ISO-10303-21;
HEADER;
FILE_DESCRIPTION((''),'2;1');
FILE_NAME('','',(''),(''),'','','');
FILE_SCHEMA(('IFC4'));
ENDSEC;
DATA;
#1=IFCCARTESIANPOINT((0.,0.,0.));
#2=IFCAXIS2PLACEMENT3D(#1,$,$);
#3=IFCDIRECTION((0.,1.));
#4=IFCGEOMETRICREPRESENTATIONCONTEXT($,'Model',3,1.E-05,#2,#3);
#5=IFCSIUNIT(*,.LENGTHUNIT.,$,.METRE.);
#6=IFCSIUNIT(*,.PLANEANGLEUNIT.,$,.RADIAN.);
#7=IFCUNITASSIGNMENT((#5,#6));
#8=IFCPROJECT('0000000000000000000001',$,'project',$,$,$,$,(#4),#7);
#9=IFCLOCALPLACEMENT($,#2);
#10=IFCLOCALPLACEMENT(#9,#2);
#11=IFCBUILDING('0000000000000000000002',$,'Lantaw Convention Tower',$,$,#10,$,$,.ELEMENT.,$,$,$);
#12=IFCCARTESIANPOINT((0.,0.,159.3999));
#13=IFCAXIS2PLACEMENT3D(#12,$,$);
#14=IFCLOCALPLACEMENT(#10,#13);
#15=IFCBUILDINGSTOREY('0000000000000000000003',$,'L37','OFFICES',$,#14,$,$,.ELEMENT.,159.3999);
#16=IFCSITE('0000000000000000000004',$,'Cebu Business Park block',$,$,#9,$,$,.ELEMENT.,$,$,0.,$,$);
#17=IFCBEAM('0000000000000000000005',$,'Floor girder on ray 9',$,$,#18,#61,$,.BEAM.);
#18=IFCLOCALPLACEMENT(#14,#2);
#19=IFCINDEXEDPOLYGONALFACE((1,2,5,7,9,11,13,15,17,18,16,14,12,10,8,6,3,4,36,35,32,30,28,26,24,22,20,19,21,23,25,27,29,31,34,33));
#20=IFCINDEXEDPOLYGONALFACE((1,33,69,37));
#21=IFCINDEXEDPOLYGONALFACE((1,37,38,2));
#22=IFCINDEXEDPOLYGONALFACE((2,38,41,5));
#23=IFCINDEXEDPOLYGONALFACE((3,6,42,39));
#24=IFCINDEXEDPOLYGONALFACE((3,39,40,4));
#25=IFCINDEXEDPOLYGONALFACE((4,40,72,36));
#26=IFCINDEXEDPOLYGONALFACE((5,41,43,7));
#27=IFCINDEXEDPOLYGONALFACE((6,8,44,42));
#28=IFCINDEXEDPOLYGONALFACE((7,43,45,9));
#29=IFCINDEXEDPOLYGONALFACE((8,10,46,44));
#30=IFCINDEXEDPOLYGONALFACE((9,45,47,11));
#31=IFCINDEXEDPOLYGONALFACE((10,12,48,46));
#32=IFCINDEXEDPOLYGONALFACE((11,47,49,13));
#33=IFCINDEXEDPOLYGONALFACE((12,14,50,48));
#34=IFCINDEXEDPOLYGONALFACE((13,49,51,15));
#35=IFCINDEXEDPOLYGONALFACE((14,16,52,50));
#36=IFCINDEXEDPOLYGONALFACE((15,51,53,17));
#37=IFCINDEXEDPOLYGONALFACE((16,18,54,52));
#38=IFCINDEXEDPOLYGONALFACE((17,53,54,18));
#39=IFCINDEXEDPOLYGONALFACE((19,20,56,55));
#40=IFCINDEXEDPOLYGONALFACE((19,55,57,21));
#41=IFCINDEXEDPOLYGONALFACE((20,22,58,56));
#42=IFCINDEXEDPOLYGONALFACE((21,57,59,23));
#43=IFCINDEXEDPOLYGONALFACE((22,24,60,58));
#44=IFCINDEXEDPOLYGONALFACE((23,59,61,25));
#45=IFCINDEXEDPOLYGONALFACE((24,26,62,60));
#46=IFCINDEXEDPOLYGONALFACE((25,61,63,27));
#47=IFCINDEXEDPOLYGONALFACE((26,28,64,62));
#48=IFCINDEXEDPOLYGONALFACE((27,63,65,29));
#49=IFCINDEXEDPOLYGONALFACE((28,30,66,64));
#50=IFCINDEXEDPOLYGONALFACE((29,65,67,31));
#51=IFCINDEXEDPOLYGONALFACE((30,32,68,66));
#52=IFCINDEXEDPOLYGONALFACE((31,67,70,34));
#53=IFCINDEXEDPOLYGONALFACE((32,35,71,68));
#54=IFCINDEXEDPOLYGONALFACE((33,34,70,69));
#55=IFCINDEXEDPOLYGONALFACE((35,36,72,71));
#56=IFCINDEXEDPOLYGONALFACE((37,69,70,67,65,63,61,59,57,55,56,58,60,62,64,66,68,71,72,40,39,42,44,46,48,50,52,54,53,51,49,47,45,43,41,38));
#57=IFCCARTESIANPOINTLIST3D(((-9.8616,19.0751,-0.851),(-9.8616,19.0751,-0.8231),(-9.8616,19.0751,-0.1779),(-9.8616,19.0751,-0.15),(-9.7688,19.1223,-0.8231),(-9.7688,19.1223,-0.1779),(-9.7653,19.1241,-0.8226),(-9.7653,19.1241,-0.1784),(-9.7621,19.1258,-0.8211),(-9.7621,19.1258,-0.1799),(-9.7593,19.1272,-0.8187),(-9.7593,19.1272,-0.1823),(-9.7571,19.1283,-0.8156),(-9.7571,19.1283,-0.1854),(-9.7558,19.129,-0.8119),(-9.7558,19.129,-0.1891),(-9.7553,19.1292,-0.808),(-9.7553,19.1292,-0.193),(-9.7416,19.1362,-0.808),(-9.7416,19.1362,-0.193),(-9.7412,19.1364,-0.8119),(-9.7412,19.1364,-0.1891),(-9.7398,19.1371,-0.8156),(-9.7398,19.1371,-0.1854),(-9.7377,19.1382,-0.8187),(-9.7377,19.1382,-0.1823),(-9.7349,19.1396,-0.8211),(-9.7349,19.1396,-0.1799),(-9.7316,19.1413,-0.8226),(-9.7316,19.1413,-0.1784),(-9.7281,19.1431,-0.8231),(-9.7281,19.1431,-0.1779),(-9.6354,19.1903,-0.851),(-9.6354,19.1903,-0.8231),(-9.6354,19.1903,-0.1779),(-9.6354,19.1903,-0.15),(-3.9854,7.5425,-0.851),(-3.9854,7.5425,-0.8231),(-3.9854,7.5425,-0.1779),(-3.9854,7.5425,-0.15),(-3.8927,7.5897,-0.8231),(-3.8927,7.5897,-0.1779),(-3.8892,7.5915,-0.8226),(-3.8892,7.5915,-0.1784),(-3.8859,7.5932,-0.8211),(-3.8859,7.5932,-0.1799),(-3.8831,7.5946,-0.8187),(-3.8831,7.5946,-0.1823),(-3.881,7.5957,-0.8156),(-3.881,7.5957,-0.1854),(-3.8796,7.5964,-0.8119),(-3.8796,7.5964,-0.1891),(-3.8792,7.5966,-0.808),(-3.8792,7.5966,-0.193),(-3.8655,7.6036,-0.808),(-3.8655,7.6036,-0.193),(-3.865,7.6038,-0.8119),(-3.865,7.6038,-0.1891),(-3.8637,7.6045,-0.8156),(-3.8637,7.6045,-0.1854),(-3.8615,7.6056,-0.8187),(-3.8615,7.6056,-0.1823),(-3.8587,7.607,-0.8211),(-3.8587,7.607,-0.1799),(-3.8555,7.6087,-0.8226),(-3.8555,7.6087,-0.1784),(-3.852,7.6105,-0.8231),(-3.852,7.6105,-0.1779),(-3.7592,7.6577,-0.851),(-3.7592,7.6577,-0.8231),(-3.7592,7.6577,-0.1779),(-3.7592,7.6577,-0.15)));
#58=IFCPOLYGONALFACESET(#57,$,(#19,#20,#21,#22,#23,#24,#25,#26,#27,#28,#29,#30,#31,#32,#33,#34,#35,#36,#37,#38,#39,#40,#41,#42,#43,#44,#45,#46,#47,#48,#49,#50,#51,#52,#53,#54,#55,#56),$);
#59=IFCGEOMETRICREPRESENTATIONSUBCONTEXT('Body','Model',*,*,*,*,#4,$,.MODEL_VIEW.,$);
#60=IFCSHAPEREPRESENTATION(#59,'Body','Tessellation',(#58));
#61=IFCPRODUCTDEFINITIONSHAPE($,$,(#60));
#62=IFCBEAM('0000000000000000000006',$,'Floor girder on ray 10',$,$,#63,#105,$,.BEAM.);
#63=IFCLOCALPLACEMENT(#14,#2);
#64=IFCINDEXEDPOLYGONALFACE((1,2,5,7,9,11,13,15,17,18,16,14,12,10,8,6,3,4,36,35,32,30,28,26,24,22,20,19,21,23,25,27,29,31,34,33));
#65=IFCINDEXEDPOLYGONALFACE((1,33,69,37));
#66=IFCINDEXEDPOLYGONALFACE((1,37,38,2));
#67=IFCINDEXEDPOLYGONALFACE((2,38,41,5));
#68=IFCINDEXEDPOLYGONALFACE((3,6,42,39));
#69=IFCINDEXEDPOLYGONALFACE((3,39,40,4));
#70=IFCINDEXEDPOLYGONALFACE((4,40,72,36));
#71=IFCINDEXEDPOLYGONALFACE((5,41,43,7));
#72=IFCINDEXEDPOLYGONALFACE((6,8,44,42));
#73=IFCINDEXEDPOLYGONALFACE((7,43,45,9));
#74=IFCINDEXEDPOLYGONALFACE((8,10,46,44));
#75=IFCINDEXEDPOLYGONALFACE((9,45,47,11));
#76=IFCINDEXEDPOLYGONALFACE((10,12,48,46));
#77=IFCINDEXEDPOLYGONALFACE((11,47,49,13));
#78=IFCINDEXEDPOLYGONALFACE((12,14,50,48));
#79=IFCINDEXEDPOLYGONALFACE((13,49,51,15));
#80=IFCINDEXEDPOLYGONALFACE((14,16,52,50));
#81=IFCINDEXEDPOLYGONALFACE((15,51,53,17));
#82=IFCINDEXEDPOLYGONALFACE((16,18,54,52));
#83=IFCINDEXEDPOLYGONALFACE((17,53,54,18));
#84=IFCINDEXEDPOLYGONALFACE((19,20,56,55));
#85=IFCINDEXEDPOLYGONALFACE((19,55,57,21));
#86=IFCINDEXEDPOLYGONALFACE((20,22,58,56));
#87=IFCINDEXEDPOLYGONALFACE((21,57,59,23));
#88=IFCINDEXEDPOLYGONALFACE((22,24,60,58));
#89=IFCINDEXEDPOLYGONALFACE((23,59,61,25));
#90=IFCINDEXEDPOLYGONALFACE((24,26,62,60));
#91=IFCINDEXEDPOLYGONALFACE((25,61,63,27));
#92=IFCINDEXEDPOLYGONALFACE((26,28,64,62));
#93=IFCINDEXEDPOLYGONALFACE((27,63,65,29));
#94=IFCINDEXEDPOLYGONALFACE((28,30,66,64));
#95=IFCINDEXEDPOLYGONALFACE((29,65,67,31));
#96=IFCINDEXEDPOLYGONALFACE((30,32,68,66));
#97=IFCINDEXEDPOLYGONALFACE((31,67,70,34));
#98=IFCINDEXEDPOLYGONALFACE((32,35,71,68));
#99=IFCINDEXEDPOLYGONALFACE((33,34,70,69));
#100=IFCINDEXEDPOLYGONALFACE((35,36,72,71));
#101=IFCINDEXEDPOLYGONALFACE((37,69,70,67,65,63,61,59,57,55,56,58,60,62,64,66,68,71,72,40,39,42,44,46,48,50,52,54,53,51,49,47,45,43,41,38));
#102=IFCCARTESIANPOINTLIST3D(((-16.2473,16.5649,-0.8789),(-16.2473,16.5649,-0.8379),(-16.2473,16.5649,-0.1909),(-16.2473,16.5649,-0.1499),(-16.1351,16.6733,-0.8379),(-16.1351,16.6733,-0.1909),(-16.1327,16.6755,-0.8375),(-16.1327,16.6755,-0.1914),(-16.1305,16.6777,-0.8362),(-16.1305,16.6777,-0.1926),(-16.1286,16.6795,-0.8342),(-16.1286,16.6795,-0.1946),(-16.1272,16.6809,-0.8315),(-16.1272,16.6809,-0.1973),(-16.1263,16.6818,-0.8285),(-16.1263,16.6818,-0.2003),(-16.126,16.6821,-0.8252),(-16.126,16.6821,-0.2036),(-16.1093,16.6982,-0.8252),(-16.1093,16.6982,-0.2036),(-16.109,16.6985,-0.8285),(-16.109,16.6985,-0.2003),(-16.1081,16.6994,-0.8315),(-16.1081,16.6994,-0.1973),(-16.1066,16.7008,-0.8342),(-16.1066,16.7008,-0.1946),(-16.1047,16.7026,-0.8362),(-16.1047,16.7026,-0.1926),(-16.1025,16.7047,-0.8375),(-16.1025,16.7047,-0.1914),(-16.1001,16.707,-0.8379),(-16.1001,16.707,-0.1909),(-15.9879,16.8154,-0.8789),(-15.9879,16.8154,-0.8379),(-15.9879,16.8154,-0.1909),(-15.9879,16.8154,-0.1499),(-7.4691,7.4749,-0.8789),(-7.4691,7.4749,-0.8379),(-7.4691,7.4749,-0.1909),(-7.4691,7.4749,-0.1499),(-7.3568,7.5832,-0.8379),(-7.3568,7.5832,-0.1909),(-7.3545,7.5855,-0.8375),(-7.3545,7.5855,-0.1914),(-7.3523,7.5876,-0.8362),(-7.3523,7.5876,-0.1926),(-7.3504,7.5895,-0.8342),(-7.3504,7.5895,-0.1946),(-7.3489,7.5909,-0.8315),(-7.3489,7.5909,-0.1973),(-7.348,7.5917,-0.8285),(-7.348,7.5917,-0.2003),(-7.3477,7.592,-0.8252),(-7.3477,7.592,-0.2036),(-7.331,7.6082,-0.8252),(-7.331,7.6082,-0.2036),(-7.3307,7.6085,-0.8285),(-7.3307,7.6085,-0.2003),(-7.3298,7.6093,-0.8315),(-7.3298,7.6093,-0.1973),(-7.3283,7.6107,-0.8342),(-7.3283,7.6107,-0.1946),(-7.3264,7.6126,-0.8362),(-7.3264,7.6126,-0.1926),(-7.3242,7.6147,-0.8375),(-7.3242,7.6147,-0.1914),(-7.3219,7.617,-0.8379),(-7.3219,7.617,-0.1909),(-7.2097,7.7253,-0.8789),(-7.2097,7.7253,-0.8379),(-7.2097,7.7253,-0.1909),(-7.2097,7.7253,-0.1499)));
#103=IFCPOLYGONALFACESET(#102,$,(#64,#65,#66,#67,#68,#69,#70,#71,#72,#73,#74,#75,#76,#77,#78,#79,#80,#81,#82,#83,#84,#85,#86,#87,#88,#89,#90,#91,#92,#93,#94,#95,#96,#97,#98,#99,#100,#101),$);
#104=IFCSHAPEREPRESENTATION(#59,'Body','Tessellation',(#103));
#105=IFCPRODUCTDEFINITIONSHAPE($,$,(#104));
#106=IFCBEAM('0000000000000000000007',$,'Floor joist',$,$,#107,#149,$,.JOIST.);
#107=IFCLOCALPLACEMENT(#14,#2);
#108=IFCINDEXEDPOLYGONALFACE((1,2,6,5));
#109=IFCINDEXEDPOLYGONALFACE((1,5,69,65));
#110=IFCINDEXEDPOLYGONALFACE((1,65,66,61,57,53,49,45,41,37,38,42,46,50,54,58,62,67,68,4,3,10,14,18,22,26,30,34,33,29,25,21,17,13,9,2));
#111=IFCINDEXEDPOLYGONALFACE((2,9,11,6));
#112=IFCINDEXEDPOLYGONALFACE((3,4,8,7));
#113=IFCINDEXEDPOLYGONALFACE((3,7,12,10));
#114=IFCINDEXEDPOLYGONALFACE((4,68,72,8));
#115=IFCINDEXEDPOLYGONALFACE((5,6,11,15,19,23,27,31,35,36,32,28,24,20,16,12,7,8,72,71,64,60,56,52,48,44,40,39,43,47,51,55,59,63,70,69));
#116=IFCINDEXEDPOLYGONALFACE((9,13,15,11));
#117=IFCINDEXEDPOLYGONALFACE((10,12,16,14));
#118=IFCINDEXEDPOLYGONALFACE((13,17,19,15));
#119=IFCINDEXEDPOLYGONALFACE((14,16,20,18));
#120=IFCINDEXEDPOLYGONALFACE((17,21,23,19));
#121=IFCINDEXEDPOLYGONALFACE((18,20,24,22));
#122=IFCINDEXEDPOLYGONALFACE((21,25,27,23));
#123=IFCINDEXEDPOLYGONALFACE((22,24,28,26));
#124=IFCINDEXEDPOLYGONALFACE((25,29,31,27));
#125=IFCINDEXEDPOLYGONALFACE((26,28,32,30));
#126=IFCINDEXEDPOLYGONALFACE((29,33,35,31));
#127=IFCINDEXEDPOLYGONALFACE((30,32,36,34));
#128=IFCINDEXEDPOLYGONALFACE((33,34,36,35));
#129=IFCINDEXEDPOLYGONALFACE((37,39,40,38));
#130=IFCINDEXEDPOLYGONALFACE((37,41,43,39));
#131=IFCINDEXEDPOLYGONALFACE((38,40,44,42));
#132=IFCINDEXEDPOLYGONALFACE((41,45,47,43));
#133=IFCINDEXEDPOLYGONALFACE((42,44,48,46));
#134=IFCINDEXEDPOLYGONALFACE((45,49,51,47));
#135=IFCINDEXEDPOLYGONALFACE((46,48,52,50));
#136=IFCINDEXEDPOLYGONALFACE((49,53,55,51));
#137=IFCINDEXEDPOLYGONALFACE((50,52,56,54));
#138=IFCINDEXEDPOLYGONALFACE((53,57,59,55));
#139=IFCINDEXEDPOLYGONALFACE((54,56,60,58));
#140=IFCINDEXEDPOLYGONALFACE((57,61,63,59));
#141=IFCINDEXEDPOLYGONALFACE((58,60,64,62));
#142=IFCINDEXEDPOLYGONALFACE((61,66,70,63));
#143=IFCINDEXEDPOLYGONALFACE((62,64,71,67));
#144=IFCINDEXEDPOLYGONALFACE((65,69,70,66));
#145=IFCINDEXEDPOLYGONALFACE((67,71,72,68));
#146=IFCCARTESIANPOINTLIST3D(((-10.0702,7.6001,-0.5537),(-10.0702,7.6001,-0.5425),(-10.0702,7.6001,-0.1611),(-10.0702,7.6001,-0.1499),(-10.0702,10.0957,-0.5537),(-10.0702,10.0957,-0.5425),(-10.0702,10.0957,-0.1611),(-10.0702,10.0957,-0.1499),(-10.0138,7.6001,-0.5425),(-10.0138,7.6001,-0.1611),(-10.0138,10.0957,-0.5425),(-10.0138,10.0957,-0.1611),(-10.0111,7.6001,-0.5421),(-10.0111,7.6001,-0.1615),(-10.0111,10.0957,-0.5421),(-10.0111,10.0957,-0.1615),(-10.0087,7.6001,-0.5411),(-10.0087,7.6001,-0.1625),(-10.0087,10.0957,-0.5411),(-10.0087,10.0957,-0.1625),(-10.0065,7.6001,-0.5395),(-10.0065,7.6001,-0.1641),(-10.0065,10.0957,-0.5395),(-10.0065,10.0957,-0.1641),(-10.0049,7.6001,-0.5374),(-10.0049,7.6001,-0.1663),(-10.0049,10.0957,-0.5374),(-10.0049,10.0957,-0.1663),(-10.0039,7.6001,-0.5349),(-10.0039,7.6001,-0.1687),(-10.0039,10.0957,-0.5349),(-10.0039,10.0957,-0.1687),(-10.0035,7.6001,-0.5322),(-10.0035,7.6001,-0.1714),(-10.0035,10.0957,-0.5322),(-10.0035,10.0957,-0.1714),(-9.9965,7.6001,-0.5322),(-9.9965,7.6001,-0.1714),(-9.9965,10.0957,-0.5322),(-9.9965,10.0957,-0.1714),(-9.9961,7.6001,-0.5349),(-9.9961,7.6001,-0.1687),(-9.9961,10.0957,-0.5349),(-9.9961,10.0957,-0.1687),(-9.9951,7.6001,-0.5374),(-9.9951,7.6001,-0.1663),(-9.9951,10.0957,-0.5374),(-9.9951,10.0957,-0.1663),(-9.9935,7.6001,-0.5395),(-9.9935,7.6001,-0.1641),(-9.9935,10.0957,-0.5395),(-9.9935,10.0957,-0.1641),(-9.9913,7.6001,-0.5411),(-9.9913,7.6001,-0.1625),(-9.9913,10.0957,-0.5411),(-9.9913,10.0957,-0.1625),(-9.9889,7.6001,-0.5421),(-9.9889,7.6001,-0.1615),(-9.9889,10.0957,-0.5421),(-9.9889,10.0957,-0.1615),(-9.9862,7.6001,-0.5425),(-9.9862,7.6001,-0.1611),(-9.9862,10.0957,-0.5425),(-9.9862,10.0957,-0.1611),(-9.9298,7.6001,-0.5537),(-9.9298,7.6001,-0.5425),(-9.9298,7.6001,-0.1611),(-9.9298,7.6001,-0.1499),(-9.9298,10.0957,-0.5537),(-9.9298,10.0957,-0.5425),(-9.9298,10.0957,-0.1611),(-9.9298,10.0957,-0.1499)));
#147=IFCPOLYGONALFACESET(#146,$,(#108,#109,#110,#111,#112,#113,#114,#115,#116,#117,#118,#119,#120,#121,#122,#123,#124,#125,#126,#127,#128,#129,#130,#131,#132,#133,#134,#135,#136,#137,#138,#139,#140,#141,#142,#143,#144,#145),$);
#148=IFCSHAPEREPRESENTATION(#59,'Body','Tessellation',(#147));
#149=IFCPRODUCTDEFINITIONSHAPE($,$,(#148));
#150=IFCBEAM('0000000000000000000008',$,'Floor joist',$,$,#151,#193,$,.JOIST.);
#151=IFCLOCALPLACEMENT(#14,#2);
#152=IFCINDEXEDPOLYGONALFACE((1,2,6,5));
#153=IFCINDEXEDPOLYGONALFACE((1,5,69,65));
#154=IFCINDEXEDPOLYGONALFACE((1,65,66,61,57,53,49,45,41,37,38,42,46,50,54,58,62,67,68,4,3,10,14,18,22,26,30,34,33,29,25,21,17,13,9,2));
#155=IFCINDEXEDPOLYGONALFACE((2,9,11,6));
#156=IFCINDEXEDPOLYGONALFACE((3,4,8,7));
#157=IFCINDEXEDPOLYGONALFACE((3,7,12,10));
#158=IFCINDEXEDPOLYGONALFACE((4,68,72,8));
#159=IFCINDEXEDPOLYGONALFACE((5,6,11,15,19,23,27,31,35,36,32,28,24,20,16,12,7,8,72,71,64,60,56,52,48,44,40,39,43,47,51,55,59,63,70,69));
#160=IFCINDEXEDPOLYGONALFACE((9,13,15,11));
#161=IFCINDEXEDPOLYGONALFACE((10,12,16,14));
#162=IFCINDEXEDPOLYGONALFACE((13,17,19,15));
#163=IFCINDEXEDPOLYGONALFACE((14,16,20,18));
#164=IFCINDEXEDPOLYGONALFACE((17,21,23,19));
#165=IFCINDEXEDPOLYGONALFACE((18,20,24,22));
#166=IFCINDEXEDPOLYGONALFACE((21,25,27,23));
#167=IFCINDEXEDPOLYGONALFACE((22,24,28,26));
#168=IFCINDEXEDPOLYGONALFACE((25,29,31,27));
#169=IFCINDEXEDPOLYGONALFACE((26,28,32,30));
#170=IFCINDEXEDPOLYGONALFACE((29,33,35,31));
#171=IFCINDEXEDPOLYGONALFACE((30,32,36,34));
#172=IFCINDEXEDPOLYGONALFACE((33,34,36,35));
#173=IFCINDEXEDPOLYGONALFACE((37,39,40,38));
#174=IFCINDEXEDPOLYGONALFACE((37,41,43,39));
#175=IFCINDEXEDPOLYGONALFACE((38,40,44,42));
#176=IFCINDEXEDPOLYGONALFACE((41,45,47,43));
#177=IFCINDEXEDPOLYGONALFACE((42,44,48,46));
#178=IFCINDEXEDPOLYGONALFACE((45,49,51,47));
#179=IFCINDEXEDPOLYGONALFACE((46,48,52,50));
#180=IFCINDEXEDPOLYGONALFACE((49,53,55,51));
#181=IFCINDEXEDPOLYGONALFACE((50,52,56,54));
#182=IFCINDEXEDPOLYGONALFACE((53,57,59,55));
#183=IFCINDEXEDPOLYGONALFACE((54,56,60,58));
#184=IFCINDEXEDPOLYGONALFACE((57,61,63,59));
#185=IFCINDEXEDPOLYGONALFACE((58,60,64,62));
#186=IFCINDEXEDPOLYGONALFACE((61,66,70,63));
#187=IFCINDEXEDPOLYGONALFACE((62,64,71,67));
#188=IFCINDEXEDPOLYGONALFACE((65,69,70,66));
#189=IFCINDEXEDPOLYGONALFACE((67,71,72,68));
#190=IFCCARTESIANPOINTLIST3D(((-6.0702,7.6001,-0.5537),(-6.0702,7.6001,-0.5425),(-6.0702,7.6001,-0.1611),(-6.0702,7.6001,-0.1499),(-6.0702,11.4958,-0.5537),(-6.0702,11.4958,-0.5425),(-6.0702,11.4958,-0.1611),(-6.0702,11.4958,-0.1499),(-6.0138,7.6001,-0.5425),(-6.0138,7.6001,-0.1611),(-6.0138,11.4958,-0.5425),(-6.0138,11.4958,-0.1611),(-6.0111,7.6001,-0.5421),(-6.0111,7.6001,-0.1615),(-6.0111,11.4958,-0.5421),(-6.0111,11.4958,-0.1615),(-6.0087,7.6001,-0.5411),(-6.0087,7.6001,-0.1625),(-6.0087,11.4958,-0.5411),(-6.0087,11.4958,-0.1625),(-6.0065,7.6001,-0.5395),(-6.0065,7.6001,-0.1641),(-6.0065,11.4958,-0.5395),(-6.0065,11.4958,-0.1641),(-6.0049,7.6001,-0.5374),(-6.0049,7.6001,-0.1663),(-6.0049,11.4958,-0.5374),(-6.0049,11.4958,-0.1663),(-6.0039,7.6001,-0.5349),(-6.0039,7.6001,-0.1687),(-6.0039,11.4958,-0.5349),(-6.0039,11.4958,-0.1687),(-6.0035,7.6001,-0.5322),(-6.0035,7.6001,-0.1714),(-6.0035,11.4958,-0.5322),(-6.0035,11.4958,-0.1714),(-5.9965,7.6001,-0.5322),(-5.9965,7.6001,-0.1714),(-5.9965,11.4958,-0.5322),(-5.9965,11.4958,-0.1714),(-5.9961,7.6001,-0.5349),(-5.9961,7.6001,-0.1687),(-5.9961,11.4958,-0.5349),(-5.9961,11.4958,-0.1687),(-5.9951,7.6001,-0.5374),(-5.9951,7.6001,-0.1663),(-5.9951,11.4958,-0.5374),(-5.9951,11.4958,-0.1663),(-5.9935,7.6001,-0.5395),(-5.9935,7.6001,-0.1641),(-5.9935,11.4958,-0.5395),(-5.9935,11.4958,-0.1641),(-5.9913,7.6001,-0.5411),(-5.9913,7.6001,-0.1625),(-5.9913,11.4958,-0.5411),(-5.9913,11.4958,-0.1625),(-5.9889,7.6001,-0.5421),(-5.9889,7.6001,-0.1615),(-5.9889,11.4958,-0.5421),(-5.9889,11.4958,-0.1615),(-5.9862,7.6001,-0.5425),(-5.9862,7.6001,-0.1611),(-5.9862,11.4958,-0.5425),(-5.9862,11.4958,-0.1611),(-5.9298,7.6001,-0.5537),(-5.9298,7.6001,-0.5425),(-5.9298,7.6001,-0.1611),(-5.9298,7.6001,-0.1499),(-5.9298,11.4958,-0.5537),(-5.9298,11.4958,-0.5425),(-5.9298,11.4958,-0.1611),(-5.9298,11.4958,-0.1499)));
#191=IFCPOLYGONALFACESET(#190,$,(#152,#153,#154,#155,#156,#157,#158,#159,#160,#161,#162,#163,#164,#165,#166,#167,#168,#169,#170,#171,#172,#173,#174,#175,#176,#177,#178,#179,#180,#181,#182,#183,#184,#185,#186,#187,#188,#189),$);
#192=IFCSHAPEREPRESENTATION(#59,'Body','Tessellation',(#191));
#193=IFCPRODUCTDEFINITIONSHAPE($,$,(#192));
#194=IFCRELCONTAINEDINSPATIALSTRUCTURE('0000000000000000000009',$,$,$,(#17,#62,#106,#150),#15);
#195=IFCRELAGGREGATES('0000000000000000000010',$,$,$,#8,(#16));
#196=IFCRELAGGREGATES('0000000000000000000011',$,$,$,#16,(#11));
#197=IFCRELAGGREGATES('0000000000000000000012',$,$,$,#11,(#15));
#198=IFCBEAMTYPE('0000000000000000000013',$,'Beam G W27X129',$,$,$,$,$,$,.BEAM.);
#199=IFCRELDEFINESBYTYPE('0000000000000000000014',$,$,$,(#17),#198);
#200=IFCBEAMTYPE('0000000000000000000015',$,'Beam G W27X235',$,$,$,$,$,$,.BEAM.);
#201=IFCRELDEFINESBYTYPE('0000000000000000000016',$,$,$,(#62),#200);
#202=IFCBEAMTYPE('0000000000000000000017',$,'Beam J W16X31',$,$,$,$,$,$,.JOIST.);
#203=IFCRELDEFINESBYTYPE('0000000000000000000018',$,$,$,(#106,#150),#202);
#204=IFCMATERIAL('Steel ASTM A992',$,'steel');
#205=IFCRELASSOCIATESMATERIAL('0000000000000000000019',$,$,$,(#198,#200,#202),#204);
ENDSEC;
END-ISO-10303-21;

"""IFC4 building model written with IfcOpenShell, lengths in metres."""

from ifc_helpers import new_model, si_unit, direction, frame, origin, origin_2d, place, context, subcontext, project, spatial, i_section, extrude, material, material_profile, profile_set, type_object, element, save


model = new_model("IFC4")

# Units and contexts
model_context = context("Model", 3, precision=1e-05, world=origin(), true_north=direction((0.0, 1.0)))
body_context = subcontext(model_context, "Body", "Model", "MODEL_VIEW")
ifc_project = project(units=[si_unit("LENGTHUNIT", "METRE"), si_unit("PLANEANGLEUNIT", "RADIAN")], contexts=[model_context])

# Site, building, storey
site_placement = place(None, origin())
site = spatial("IfcSite", under=ifc_project, at=site_placement, Name="Cebu Business Park block", CompositionType="ELEMENT", RefElevation=0.0)
building_placement = place(site_placement, origin())
building = spatial("IfcBuilding", under=site, at=building_placement, Name="Lantaw Convention Tower", CompositionType="ELEMENT")
storey_placement = place(building_placement, frame((0.0, 0.0, 159.3999)))
storey = spatial("IfcBuildingStorey", under=building, at=storey_placement, Name="L37", Description="OFFICES", CompositionType="ELEMENT", Elevation=159.3999)

# Beams
ifc_material_1 = material(Name="Steel ASTM A992", Category="steel")
ifc_material_profile_1 = material_profile(ifc_material_1, i_section(OverallWidth=0.2539, OverallDepth=0.7009, WebThickness=0.0154, FlangeThickness=0.0278, FilletRadius=0.0151, at=origin_2d()), Name="W27X129")
ifc_profile_set_1 = profile_set([ifc_material_profile_1], Name="Steel ASTM A992")
beam_type_1 = type_object("IfcBeamType", Name="Beam G W27X129", PredefinedType="BEAM", material=ifc_profile_set_1)
beam_1_placement = place(storey_placement, frame((-3.8723, 7.6001, -0.5005), z_axis=(-0.453991, 0.891006, 0.0), x_axis=(-0.891006, -0.453991, 0.0)))
element("IfcBeam", 1, at=beam_1_placement, inside=storey, type_object=beam_type_1, Name="Floor girder on ray 9", PredefinedType="BEAM", context=body_context, shape_type="SweptSolid", body=[
    extrude(i_section(OverallWidth=0.2539, OverallDepth=0.7009, WebThickness=0.0154, FlangeThickness=0.0278, FilletRadius=0.0151, at=origin_2d()), origin(), (0.0, 0.0, 1.0), 12.9434),
])
ifc_material_profile_2 = material_profile(ifc_material_1, i_section(OverallWidth=0.3606, OverallDepth=0.729, WebThickness=0.0232, FlangeThickness=0.041, FilletRadius=0.0127, at=origin_2d()), Name="W27X235")
ifc_profile_set_2 = profile_set([ifc_material_profile_2], Name="Steel ASTM A992")
beam_type_2 = type_object("IfcBeamType", Name="Beam G W27X235", PredefinedType="BEAM", material=ifc_profile_set_2)
beam_2_placement = place(storey_placement, frame((-7.3394, 7.6001, -0.5144), z_axis=(-0.694663, 0.719335, 0.0), x_axis=(-0.719335, -0.694663, 0.0)))
element("IfcBeam", 2, at=beam_2_placement, inside=storey, type_object=beam_type_2, Name="Floor girder on ray 10", PredefinedType="BEAM", context=body_context, shape_type="SweptSolid", body=[
    extrude(i_section(OverallWidth=0.3606, OverallDepth=0.729, WebThickness=0.0232, FlangeThickness=0.041, FilletRadius=0.0127, at=origin_2d()), origin(), (0.0, 0.0, 1.0), 12.6367),
])
ifc_material_profile_3 = material_profile(ifc_material_1, i_section(OverallWidth=0.1404, OverallDepth=0.4038, WebThickness=0.0071, FlangeThickness=0.0112, FilletRadius=0.0103, at=origin_2d()), Name="W16X31")
ifc_profile_set_3 = profile_set([ifc_material_profile_3], Name="Steel ASTM A992")
beam_type_3 = type_object("IfcBeamType", Name="Beam J W16X31", PredefinedType="JOIST", material=ifc_profile_set_3)
beam_3_placement = place(storey_placement, frame((-10.0, 7.6001, -0.3518), z_axis=(0.0, 1.0, 0.0), x_axis=(-1.0, 0.0, 0.0)))
element("IfcBeam", 3, at=beam_3_placement, inside=storey, type_object=beam_type_3, Name="Floor joist", PredefinedType="JOIST", context=body_context, shape_type="SweptSolid", body=[
    extrude(i_section(OverallWidth=0.1404, OverallDepth=0.4038, WebThickness=0.0071, FlangeThickness=0.0112, FilletRadius=0.0103, at=origin_2d()), origin(), (0.0, 0.0, 1.0), 2.4956),
])
beam_4_placement = place(storey_placement, frame((-6.0, 7.6001, -0.3518), z_axis=(0.0, 1.0, 0.0), x_axis=(-1.0, 0.0, 0.0)))
element("IfcBeam", 4, at=beam_4_placement, inside=storey, type_object=beam_type_3, Name="Floor joist", PredefinedType="JOIST", context=body_context, shape_type="SweptSolid", body=[
    extrude(i_section(OverallWidth=0.1404, OverallDepth=0.4038, WebThickness=0.0071, FlangeThickness=0.0112, FilletRadius=0.0103, at=origin_2d()), origin(), (0.0, 0.0, 1.0), 3.8958),
])

save(model, "model.ifc")
